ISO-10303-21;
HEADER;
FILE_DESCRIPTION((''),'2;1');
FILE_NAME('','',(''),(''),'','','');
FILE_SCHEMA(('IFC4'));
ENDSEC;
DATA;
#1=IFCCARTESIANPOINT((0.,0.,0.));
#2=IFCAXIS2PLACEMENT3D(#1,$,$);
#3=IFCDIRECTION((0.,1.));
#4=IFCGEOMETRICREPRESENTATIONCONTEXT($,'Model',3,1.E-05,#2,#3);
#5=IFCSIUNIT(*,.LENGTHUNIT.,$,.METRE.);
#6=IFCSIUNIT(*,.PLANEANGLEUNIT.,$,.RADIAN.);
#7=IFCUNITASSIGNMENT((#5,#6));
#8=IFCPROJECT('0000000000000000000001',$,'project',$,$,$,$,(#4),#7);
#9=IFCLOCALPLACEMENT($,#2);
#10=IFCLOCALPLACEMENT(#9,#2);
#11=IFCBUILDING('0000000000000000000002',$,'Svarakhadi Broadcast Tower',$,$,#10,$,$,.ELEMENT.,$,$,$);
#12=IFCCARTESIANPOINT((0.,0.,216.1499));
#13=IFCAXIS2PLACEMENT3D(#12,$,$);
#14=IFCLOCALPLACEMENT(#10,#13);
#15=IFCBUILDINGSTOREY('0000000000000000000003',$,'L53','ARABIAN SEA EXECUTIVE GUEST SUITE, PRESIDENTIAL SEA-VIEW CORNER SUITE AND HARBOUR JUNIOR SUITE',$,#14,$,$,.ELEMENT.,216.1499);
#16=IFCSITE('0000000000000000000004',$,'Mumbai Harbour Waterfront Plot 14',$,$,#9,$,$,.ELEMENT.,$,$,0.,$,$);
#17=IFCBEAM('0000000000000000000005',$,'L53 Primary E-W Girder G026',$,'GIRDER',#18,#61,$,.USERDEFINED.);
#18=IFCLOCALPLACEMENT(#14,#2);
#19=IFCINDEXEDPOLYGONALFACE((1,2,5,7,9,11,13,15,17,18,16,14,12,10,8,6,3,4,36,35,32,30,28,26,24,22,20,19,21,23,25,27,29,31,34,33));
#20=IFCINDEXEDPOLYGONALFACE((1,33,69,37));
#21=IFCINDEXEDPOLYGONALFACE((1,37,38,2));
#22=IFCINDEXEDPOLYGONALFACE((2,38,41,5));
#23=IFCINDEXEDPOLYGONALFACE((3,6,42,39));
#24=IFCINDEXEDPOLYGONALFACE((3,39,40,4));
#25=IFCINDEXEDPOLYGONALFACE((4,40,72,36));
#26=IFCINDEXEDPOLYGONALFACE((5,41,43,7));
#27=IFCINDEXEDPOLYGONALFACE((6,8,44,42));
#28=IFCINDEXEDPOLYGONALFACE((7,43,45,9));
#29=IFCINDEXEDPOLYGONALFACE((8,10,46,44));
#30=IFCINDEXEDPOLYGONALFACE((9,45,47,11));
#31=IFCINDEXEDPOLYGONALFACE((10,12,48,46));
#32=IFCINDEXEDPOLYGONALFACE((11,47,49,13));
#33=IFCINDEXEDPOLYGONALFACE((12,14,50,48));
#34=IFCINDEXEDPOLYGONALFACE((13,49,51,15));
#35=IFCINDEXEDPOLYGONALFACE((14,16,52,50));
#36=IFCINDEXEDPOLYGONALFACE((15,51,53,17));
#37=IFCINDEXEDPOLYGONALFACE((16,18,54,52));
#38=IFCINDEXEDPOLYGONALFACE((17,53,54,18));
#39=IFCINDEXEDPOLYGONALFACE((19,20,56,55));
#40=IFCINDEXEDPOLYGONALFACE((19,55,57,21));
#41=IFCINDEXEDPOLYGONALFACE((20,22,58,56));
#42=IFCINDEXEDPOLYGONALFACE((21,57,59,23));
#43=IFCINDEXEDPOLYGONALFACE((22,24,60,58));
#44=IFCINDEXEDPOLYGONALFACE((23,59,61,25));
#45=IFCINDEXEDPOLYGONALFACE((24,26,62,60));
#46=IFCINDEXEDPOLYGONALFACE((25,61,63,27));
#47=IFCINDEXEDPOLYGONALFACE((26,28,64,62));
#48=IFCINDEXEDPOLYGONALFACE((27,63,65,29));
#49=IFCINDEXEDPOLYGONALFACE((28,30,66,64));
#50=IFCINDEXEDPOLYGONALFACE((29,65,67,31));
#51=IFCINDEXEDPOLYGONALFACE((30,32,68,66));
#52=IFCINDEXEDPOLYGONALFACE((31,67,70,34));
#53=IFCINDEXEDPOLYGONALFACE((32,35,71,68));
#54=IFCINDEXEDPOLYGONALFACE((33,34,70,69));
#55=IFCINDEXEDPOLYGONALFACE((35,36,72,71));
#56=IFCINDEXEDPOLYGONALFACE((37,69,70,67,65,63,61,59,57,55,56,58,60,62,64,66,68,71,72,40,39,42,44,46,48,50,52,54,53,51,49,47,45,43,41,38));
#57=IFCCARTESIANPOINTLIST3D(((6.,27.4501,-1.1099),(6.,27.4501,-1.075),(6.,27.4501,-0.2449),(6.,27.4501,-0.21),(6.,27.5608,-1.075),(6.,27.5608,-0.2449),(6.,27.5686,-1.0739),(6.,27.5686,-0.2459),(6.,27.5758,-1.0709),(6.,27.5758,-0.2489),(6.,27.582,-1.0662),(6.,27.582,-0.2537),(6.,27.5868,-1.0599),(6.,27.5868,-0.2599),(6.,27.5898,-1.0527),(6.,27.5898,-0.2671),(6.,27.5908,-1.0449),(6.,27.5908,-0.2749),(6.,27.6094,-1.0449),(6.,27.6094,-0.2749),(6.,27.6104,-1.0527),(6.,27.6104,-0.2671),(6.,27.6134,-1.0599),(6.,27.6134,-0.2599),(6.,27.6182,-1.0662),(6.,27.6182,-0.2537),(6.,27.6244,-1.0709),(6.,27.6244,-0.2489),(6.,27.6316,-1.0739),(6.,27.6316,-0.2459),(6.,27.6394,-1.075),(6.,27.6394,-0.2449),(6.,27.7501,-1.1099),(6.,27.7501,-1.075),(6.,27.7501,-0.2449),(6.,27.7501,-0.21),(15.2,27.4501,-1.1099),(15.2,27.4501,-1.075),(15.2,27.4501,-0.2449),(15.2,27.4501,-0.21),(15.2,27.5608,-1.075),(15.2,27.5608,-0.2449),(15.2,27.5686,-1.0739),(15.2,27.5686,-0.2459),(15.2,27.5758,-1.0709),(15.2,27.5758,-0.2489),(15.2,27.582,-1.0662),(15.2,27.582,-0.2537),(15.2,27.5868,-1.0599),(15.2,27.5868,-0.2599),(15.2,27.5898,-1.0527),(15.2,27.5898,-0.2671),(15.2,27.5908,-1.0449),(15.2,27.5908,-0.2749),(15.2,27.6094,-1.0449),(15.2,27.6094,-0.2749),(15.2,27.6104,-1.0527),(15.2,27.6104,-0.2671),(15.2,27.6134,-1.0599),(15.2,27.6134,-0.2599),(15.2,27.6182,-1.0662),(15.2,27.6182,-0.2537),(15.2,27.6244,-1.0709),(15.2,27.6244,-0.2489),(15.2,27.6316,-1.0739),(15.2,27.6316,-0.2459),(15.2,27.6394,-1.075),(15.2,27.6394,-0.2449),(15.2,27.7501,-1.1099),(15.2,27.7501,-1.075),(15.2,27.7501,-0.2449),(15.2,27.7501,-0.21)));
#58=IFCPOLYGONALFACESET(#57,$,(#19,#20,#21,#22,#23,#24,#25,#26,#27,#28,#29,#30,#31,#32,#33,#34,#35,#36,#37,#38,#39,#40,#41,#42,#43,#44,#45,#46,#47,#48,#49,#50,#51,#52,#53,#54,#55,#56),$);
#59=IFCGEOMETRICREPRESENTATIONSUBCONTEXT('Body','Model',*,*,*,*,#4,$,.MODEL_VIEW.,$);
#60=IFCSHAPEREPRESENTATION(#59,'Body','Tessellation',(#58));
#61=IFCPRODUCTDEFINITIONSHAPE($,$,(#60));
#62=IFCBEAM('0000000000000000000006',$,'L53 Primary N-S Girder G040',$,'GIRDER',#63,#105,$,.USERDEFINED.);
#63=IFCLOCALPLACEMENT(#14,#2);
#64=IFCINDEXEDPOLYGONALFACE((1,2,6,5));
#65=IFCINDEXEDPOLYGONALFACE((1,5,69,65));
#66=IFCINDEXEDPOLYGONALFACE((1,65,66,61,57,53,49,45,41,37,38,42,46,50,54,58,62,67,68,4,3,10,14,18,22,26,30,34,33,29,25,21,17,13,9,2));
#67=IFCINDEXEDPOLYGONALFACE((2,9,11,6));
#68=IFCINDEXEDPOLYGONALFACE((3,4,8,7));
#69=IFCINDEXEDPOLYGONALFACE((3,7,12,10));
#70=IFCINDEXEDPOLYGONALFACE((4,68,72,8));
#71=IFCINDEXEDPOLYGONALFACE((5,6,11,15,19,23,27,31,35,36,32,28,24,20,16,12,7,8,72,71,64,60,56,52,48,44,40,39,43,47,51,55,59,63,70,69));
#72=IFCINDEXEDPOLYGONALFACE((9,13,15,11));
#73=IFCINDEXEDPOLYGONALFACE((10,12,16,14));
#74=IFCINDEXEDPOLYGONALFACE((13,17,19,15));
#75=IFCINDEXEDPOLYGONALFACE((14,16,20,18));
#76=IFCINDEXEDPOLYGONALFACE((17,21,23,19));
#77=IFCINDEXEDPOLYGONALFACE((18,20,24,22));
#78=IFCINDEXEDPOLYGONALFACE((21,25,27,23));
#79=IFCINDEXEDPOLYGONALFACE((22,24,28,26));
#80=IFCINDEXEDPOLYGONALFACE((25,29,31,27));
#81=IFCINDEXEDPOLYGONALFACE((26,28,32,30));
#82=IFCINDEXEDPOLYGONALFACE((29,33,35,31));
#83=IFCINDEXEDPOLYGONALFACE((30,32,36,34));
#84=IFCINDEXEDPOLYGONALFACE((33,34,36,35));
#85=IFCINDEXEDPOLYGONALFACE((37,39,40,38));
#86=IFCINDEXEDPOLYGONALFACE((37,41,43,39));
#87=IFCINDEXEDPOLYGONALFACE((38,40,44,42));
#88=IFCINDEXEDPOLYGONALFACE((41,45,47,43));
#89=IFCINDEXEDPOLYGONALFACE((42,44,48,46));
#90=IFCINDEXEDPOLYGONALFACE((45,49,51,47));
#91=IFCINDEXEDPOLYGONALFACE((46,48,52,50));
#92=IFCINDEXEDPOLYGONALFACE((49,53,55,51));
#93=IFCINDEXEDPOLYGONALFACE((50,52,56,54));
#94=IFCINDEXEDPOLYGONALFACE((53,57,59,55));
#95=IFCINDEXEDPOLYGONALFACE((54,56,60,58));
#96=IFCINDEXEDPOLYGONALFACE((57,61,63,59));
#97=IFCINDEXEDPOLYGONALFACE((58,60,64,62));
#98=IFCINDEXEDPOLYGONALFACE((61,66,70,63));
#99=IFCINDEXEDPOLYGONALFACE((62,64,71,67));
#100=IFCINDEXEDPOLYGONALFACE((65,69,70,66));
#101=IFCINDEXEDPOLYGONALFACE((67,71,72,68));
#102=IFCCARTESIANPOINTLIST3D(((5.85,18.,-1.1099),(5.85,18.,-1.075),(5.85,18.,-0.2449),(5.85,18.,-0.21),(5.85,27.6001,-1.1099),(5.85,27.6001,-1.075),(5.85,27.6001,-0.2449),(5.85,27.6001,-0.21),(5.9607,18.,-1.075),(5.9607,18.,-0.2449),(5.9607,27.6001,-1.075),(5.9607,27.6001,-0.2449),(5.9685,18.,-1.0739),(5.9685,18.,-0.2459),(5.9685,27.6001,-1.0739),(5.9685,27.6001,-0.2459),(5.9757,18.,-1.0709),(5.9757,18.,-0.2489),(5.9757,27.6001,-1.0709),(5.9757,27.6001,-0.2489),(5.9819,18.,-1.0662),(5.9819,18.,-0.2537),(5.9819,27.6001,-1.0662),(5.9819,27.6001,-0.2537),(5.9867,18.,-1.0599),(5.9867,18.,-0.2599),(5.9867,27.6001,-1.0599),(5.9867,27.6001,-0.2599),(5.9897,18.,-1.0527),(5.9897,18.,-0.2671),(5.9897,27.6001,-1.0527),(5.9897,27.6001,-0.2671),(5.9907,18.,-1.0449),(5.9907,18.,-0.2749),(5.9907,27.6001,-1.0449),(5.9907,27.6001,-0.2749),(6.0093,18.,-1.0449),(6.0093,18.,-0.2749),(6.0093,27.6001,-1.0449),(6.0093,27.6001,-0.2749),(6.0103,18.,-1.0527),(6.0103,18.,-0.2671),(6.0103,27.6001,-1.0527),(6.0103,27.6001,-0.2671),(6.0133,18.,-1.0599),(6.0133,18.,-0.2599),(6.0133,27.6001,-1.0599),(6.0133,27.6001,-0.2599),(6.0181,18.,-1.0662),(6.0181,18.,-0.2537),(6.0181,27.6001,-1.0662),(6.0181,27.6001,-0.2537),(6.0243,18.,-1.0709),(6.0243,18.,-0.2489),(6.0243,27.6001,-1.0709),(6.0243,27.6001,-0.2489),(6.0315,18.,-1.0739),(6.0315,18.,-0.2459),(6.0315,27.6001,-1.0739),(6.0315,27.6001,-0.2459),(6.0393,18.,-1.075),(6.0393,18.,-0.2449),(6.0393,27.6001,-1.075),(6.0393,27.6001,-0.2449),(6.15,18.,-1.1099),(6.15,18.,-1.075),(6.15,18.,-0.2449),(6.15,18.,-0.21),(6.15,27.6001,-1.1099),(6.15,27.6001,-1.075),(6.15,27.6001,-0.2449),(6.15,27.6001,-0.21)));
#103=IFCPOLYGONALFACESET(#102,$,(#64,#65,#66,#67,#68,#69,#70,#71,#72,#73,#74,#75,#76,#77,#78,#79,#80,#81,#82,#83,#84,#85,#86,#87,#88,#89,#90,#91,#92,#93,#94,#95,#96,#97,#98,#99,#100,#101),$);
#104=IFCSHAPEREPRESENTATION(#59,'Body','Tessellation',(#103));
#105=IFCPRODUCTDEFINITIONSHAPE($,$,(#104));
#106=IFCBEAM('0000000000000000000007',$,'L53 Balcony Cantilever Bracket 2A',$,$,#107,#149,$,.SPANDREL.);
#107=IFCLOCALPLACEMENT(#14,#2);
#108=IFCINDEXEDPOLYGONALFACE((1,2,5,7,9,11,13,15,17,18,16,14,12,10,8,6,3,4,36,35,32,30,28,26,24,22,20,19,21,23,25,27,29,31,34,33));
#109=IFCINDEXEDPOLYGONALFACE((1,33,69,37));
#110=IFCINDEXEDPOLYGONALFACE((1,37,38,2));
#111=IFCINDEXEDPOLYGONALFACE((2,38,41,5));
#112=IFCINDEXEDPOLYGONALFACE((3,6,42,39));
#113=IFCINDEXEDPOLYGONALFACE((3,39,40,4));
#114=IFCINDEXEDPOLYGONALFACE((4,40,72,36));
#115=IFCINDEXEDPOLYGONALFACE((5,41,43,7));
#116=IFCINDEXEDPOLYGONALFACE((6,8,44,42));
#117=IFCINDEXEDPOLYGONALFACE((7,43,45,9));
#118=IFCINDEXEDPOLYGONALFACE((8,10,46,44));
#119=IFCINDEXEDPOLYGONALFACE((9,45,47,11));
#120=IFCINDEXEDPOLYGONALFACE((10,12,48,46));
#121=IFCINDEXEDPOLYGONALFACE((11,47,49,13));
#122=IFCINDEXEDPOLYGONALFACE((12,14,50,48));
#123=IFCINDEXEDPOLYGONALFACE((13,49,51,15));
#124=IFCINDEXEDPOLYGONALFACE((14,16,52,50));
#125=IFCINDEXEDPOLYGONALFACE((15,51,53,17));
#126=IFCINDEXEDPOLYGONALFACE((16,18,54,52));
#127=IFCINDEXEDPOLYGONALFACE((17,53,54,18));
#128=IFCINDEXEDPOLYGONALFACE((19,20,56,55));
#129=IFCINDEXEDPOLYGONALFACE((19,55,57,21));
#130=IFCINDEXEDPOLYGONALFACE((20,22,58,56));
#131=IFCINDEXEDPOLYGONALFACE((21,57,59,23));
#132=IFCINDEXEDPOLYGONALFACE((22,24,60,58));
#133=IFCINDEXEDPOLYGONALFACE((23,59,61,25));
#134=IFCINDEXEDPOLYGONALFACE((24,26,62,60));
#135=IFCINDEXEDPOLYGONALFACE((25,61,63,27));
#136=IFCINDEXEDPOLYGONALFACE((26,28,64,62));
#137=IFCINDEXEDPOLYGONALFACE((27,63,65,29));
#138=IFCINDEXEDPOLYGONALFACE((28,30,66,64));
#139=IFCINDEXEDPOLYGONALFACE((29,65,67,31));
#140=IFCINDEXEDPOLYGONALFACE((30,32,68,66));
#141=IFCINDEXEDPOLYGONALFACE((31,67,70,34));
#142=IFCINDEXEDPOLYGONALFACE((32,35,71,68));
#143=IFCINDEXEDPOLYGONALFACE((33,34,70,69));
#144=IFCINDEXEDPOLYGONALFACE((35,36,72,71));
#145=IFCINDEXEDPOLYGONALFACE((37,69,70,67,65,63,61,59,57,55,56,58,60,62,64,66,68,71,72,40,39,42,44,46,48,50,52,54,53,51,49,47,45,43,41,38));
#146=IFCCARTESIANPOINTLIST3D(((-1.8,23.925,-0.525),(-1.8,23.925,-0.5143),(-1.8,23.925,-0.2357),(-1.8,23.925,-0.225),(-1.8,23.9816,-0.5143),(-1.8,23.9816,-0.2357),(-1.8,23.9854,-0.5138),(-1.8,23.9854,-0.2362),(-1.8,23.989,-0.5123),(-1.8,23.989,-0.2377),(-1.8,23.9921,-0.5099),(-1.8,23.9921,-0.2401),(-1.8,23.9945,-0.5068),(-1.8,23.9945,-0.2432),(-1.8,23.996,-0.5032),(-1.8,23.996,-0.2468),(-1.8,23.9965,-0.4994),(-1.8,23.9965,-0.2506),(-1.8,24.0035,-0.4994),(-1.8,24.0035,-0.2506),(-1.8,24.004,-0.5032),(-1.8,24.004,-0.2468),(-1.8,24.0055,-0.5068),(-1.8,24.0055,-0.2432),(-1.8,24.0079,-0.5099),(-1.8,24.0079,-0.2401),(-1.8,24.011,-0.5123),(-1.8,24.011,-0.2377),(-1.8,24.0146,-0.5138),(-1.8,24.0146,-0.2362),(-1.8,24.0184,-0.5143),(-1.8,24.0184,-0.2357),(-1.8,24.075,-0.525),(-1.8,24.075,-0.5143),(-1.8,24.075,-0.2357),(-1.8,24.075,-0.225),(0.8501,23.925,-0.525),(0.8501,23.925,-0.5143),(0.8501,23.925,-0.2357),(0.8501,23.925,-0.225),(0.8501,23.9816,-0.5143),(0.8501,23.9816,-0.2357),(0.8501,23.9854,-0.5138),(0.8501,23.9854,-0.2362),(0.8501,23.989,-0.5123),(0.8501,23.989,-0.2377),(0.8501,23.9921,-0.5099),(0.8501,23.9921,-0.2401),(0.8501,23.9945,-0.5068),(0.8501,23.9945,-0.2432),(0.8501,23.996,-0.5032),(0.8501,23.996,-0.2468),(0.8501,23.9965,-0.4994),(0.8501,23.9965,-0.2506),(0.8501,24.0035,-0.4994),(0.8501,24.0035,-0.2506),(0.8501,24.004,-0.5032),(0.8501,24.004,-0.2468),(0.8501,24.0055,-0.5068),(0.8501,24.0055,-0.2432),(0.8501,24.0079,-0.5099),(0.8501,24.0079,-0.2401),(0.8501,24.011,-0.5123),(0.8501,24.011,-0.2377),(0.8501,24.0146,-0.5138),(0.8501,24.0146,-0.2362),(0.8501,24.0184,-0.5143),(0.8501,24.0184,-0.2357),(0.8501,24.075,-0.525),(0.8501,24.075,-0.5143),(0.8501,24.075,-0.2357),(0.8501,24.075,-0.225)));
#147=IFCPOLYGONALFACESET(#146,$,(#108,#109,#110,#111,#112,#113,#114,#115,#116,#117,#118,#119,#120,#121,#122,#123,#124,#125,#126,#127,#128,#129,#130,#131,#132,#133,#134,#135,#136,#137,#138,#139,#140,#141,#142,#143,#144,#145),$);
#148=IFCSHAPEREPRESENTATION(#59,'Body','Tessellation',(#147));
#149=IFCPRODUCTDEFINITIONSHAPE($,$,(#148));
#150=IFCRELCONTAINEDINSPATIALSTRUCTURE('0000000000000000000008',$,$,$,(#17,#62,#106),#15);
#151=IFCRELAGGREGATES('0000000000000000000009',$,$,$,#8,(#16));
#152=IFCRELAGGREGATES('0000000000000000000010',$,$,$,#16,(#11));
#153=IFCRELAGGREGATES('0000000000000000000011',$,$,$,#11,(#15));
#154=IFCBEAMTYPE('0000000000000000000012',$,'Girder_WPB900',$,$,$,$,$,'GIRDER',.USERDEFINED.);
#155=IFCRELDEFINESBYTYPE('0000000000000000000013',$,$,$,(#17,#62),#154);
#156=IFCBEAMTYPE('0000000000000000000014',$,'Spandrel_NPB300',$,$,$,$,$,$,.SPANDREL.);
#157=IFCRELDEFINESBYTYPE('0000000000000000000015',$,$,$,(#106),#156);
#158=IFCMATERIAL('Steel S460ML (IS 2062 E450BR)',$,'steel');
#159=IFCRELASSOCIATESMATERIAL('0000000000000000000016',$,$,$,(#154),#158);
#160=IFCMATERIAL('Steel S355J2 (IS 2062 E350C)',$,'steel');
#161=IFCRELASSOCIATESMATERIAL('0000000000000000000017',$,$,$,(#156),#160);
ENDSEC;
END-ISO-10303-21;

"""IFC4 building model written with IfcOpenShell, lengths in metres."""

from ifc_helpers import new_model, si_unit, direction, frame, origin, origin_2d, place, context, subcontext, project, spatial, i_section, extrude, material, material_profile, profile_set, type_object, element, save


model = new_model("IFC4")

# Units and contexts
model_context = context("Model", 3, precision=1e-05, world=origin(), true_north=direction((0.0, 1.0)))
body_context = subcontext(model_context, "Body", "Model", "MODEL_VIEW")
ifc_project = project(units=[si_unit("LENGTHUNIT", "METRE"), si_unit("PLANEANGLEUNIT", "RADIAN")], contexts=[model_context])

# Site, building, storey
site_placement = place(None, origin())
site = spatial("IfcSite", under=ifc_project, at=site_placement, Name="Mumbai Harbour Waterfront Plot 14", CompositionType="ELEMENT", RefElevation=0.0)
building_placement = place(site_placement, origin())
building = spatial("IfcBuilding", under=site, at=building_placement, Name="Svarakhadi Broadcast Tower", CompositionType="ELEMENT")
storey_placement = place(building_placement, frame((0.0, 0.0, 216.1499)))
storey = spatial("IfcBuildingStorey", under=building, at=storey_placement, Name="L53", Description="ARABIAN SEA EXECUTIVE GUEST SUITE, PRESIDENTIAL SEA-VIEW CORNER SUITE AND HARBOUR JUNIOR SUITE", CompositionType="ELEMENT", Elevation=216.1499)

# Shared definitions
ifc_material_1 = material(Name="Steel S355J2 (IS 2062 E350C)", Category="steel")

# Beams
ifc_material_2 = material(Name="Steel S460ML (IS 2062 E450BR)", Category="steel")
ifc_material_profile_1 = material_profile(ifc_material_2, i_section(OverallWidth=0.3, OverallDepth=0.8999, WebThickness=0.0186, FlangeThickness=0.0349, FilletRadius=0.03, at=origin_2d()), Name="WPB 900x300x291")
ifc_profile_set_1 = profile_set([ifc_material_profile_1], Name="Steel S460ML (IS 2062 E450BR)")
beam_type_1 = type_object("IfcBeamType", Name="Girder_WPB900", ElementType="GIRDER", PredefinedType="USERDEFINED", material=ifc_profile_set_1)
beam_1_placement = place(storey_placement, frame((6.0, 27.6001, -0.6599), z_axis=(1.0, 0.0, 0.0), x_axis=(0.0, 1.0, 0.0)))
element("IfcBeam", 1, at=beam_1_placement, inside=storey, type_object=beam_type_1, Name="L53 Primary E-W Girder G026", ObjectType="GIRDER", PredefinedType="USERDEFINED", context=body_context, shape_type="SweptSolid", body=[
    extrude(i_section(OverallWidth=0.3, OverallDepth=0.8999, WebThickness=0.0186, FlangeThickness=0.0349, FilletRadius=0.03, at=origin_2d()), origin(), (0.0, 0.0, 1.0), 9.2),
])
beam_2_placement = place(storey_placement, frame((6.0, 18.0, -0.6599), z_axis=(0.0, 1.0, 0.0), x_axis=(-1.0, 0.0, 0.0)))
element("IfcBeam", 2, at=beam_2_placement, inside=storey, type_object=beam_type_1, Name="L53 Primary N-S Girder G040", ObjectType="GIRDER", PredefinedType="USERDEFINED", context=body_context, shape_type="SweptSolid", body=[
    extrude(i_section(OverallWidth=0.3, OverallDepth=0.8999, WebThickness=0.0186, FlangeThickness=0.0349, FilletRadius=0.03, at=origin_2d()), origin(), (0.0, 0.0, 1.0), 9.6001),
])
ifc_material_profile_2 = material_profile(ifc_material_1, i_section(OverallWidth=0.1499, OverallDepth=0.3, WebThickness=0.0071, FlangeThickness=0.0107, FilletRadius=0.0149, at=origin_2d()), Name="NPB 300x150x37")
ifc_profile_set_2 = profile_set([ifc_material_profile_2], Name="Steel S355J2 (IS 2062 E350C)")
beam_type_2 = type_object("IfcBeamType", Name="Spandrel_NPB300", PredefinedType="SPANDREL", material=ifc_profile_set_2)
beam_3_placement = place(storey_placement, frame((0.8501, 24.0, -0.375), z_axis=(-1.0, 0.0, 0.0), x_axis=(0.0, -1.0, 0.0)))
element("IfcBeam", 3, at=beam_3_placement, inside=storey, type_object=beam_type_2, Name="L53 Balcony Cantilever Bracket 2A", PredefinedType="SPANDREL", context=body_context, shape_type="SweptSolid", body=[
    extrude(i_section(OverallWidth=0.1499, OverallDepth=0.3, WebThickness=0.0071, FlangeThickness=0.0107, FilletRadius=0.0149, at=origin_2d()), origin(), (0.0, 0.0, 1.0), 2.6501),
])

save(model, "model.ifc")
